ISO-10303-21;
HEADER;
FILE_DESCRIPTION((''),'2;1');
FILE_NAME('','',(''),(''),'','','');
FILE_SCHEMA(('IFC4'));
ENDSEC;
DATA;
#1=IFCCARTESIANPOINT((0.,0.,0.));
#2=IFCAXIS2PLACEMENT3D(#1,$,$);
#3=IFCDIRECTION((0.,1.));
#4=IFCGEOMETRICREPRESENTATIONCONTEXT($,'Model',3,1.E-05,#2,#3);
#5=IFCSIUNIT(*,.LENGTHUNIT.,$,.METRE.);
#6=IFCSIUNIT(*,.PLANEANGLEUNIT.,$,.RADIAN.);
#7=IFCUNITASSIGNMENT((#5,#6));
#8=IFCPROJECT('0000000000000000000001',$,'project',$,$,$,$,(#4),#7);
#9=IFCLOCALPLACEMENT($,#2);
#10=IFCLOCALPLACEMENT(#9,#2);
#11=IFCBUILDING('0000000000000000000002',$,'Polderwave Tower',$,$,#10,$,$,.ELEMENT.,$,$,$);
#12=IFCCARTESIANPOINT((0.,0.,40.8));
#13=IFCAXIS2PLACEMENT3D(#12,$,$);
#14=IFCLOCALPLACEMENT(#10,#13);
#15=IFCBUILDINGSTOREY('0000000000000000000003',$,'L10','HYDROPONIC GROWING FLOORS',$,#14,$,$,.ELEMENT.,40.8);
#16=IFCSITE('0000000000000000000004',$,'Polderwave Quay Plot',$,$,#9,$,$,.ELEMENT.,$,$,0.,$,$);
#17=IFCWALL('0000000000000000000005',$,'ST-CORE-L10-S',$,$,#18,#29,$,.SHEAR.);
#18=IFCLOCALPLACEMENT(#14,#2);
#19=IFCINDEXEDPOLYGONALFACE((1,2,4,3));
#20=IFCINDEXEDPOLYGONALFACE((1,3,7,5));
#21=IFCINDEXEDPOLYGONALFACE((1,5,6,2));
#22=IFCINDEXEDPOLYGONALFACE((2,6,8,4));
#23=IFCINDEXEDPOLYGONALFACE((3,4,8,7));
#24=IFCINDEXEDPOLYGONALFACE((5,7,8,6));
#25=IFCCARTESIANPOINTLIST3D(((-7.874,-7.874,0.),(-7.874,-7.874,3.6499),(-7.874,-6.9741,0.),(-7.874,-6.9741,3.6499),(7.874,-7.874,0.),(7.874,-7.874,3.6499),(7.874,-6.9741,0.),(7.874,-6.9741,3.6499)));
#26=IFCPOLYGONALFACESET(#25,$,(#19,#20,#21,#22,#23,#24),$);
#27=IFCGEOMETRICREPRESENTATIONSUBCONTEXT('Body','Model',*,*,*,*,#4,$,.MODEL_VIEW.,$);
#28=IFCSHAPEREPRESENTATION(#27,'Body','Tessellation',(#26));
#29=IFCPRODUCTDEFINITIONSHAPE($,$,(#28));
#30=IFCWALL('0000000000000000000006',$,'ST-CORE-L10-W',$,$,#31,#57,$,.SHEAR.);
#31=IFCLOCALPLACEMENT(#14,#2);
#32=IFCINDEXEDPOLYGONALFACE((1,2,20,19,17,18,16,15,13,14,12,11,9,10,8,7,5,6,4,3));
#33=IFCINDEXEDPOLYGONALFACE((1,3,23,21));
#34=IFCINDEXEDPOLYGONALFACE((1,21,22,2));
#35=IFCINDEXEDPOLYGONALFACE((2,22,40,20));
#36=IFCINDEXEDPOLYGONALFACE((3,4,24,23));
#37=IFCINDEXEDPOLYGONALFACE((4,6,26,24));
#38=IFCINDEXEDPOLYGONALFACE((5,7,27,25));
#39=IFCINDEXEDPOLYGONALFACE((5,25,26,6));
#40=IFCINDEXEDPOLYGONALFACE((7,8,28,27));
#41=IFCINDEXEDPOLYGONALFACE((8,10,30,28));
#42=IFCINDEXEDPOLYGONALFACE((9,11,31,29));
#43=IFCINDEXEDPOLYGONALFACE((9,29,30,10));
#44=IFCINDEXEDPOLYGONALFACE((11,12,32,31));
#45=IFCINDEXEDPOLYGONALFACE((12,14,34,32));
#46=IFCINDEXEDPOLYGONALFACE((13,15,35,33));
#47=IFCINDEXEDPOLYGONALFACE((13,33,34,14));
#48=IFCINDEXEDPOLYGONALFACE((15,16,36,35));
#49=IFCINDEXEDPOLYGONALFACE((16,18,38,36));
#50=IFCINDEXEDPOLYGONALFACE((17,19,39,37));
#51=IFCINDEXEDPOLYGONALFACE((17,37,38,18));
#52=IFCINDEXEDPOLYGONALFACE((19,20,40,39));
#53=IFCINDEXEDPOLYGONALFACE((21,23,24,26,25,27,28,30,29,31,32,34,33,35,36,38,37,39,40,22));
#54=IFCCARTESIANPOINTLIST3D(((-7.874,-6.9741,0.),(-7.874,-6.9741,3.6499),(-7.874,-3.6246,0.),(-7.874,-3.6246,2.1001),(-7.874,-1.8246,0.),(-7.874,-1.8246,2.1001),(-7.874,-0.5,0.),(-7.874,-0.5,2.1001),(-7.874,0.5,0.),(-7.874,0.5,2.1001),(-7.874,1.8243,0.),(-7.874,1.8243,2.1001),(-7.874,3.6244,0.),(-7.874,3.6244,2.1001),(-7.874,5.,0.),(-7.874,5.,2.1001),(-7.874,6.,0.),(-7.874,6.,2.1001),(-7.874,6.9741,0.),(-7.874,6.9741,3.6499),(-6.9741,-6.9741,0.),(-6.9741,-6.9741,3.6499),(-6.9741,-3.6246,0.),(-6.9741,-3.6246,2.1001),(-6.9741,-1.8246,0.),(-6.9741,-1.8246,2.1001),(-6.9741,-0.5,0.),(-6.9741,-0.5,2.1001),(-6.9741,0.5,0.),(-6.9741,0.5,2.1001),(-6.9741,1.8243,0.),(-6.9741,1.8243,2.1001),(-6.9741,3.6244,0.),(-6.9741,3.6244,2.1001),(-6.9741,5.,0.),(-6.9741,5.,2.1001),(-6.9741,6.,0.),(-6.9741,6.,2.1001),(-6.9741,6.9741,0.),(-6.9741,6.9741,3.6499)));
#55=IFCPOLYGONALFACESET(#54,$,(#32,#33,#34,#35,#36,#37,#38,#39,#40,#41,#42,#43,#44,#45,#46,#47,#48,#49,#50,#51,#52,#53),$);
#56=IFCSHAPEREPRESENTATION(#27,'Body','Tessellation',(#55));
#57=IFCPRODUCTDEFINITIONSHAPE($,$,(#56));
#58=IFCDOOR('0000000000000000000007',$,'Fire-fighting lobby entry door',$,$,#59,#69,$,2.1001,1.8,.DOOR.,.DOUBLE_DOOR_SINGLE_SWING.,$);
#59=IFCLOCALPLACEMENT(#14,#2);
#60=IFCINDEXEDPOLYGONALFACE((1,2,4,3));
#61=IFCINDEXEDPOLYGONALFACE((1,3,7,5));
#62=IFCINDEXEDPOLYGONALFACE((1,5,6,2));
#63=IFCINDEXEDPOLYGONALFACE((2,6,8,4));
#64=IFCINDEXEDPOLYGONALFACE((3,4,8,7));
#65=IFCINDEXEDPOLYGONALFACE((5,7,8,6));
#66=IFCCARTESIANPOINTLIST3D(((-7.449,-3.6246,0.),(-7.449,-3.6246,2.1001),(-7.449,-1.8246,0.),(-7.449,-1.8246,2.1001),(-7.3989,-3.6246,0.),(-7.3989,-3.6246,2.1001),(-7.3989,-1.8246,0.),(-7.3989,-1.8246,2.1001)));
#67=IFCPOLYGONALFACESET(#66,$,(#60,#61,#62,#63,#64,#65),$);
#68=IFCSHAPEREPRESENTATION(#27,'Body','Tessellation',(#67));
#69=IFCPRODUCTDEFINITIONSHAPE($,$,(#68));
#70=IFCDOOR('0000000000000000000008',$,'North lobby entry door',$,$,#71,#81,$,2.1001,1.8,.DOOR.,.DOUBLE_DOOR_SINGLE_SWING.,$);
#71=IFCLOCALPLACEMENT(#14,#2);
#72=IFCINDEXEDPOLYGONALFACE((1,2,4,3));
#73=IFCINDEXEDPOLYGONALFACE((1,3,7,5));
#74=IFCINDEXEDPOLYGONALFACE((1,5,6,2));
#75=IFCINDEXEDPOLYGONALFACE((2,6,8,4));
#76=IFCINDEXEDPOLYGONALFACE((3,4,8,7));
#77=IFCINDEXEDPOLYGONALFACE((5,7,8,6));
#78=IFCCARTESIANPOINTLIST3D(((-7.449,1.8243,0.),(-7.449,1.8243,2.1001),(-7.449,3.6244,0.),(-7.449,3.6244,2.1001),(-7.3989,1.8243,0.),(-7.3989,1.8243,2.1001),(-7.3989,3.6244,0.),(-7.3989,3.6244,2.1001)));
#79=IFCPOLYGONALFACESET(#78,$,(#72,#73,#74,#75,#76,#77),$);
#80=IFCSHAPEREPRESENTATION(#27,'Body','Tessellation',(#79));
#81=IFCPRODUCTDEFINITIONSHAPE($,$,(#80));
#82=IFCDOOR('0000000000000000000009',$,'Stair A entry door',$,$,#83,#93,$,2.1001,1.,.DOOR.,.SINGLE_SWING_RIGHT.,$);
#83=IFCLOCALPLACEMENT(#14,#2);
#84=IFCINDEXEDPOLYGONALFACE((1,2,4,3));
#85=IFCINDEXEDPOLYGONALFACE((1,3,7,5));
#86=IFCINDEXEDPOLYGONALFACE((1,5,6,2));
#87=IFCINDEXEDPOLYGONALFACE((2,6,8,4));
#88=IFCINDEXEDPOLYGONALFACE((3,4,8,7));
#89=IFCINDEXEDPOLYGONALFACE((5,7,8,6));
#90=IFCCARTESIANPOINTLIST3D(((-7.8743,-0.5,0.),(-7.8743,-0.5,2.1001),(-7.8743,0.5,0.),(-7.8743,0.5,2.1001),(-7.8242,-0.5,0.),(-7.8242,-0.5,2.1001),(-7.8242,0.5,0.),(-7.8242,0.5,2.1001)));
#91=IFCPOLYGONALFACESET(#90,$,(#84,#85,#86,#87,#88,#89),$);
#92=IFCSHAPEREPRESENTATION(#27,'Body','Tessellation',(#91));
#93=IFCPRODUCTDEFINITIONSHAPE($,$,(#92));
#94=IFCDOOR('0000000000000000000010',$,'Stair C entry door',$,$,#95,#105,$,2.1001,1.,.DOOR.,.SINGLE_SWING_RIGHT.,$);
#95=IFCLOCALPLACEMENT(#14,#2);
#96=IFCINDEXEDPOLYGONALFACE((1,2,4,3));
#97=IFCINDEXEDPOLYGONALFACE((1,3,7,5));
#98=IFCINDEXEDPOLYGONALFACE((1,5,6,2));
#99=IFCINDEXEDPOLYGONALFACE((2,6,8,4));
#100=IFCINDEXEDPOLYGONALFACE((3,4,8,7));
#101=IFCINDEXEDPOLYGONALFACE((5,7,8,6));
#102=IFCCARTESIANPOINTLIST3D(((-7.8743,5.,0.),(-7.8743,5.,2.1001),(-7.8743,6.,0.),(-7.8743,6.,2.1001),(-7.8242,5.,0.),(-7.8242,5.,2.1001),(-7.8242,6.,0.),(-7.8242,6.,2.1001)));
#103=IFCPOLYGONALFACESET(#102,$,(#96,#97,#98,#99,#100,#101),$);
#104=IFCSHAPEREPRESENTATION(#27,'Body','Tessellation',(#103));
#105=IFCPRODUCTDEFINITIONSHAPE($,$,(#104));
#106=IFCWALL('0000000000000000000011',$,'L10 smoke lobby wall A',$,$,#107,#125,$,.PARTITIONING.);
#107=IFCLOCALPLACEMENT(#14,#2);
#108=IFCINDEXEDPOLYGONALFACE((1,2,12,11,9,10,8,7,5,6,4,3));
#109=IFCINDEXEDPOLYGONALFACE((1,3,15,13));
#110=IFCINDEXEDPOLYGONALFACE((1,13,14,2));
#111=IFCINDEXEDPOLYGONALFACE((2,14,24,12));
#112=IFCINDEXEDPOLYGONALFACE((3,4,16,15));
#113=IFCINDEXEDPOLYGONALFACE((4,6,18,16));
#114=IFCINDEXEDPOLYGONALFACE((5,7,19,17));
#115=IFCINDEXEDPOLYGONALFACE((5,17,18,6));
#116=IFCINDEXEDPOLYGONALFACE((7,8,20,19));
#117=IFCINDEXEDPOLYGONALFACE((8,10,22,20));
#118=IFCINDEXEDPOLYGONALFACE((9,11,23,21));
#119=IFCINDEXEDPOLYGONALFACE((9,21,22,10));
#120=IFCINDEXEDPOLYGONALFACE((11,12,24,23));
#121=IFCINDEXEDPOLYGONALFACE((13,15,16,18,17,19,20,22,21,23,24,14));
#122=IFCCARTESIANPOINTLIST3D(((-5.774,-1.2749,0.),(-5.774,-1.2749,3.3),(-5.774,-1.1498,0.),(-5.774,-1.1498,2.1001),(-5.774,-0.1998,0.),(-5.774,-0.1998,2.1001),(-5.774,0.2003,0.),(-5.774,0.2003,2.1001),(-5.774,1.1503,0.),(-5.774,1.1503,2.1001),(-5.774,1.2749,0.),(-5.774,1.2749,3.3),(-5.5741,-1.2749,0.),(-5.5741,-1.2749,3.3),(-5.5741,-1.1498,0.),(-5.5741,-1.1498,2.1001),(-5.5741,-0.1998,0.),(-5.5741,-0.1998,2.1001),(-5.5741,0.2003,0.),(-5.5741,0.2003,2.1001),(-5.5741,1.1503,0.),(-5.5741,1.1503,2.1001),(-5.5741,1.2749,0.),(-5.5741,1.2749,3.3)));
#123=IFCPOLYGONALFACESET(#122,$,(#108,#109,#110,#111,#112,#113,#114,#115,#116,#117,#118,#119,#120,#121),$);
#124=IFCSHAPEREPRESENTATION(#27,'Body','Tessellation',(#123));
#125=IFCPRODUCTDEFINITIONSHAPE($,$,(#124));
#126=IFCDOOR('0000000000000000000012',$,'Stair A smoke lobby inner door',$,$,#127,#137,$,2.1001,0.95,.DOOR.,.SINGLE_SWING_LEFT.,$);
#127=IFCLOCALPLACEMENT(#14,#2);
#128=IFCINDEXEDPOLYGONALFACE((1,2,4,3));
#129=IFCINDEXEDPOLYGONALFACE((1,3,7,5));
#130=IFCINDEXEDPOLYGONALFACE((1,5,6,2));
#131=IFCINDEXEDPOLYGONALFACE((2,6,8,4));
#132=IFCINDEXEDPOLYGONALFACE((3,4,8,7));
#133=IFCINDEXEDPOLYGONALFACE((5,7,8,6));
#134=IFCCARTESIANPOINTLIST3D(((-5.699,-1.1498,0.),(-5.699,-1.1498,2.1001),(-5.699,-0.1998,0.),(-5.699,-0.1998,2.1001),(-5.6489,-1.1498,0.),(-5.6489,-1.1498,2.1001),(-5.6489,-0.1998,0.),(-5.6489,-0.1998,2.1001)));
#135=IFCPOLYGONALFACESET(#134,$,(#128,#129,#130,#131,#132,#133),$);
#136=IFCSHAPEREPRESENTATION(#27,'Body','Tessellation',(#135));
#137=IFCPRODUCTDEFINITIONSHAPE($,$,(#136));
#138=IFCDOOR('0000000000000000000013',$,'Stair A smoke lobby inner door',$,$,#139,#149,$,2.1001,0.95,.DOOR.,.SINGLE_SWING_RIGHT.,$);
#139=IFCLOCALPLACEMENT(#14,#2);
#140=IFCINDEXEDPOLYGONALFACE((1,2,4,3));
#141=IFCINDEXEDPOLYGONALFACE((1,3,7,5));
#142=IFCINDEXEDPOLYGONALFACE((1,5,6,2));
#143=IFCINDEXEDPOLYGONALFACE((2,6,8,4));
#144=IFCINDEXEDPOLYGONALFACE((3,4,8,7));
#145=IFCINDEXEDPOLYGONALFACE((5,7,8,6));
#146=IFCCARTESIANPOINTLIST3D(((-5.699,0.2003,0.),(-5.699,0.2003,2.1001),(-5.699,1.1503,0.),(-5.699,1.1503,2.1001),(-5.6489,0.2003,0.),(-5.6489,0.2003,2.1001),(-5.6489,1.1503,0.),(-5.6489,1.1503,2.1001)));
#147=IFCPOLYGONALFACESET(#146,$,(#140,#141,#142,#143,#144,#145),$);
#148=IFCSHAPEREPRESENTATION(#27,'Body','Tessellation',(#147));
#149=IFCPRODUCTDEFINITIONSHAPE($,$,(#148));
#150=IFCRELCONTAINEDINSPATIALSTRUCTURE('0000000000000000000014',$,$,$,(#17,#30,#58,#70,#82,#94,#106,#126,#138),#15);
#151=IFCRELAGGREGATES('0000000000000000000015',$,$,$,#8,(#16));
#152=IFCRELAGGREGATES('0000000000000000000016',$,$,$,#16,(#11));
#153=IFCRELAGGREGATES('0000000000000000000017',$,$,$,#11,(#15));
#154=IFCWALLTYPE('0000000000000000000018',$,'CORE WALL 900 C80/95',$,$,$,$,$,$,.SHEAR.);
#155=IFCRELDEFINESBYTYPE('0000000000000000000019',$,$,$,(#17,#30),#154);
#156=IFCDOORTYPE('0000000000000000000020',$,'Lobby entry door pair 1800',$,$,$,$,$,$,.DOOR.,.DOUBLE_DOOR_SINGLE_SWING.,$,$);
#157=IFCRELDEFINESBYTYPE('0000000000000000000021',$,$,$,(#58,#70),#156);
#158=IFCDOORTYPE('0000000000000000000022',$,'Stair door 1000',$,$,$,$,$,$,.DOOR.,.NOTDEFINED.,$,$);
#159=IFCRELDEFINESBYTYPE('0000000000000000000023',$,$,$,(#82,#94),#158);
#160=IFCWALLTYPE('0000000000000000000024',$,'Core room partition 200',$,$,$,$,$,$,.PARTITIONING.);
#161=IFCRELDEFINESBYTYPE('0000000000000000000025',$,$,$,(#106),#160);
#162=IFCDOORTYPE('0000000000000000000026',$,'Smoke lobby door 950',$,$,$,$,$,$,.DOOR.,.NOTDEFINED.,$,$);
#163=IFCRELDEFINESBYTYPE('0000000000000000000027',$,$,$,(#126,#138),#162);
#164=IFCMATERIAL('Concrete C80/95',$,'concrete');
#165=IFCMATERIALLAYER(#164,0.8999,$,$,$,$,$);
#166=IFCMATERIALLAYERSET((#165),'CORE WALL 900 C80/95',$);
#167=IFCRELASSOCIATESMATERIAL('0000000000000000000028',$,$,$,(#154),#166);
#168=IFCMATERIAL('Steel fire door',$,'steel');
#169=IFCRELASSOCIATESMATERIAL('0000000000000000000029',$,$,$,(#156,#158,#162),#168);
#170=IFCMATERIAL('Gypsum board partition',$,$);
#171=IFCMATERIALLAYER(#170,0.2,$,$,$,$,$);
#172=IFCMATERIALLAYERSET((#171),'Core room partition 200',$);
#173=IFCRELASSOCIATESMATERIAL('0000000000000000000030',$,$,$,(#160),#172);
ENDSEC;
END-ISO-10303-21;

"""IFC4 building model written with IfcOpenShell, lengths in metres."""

from ifc_helpers import new_model, si_unit, direction, frame, frame_2d, origin, place, context, subcontext, project, spatial, rectangle, extrude, material, layer, layer_set, type_object, element, fill, save


model = new_model("IFC4")

# Units and contexts
model_context = context("Model", 3, precision=1e-05, world=origin(), true_north=direction((0.0, 1.0)))
body_context = subcontext(model_context, "Body", "Model", "MODEL_VIEW")
ifc_project = project(units=[si_unit("LENGTHUNIT", "METRE"), si_unit("PLANEANGLEUNIT", "RADIAN")], contexts=[model_context])

# Site, building, storey
site_placement = place(None, origin())
site = spatial("IfcSite", under=ifc_project, at=site_placement, Name="Polderwave Quay Plot", CompositionType="ELEMENT", RefElevation=0.0)
building_placement = place(site_placement, origin())
building = spatial("IfcBuilding", under=site, at=building_placement, Name="Polderwave Tower", CompositionType="ELEMENT")
storey_placement = place(building_placement, frame((0.0, 0.0, 40.8)))
storey = spatial("IfcBuildingStorey", under=building, at=storey_placement, Name="L10", Description="HYDROPONIC GROWING FLOORS", CompositionType="ELEMENT", Elevation=40.8)

# Wall
ifc_material_1 = material(Name="Concrete C80/95", Category="concrete")
ifc_layer_1 = layer(ifc_material_1, 0.8999)
ifc_layer_set_1 = layer_set([ifc_layer_1], Name="CORE WALL 900 C80/95")
wall_type_1 = type_object("IfcWallType", Name="CORE WALL 900 C80/95", PredefinedType="SHEAR", material=ifc_layer_set_1)
wall_1_placement = place(storey_placement, frame((-7.874, -7.4241, 0.0), z_axis=(0.0, 0.0, 1.0), x_axis=(1.0, 0.0, 0.0)))
element("IfcWall", 1, at=wall_1_placement, inside=storey, type_object=wall_type_1, Name="ST-CORE-L10-S", PredefinedType="SHEAR", context=body_context, shape_type="SweptSolid", body=[
    extrude(rectangle(XDim=15.748, YDim=0.8999, at=frame_2d((7.874, 0.0))), origin(), (0.0, 0.0, 1.0), 3.6499),
])

# Walls, openings, doors
wall_2_placement = place(storey_placement, frame((-7.4241, -6.9741, 0.0), z_axis=(0.0, 0.0, 1.0), x_axis=(0.0, 1.0, 0.0)))
wall_2 = element("IfcWall", 2, at=wall_2_placement, inside=storey, type_object=wall_type_1, Name="ST-CORE-L10-W", PredefinedType="SHEAR", context=body_context, shape_type="SweptSolid", body=[
    extrude(rectangle(XDim=13.9482, YDim=0.8999, at=frame_2d((6.9741, 0.0))), origin(), (0.0, 0.0, 1.0), 3.6499),
])
opening_1_placement = place(wall_2_placement, frame((6.4741, 0.0, 0.0)))
opening_1 = element("IfcOpeningElement", 3, at=opening_1_placement, cuts=wall_2, PredefinedType="OPENING", context=body_context, shape_type="SweptSolid", body=[
    extrude(rectangle(XDim=1.0, YDim=2.1001, at=frame_2d((0.5, 1.05))), frame((0.0, 0.46, 0.0), z_axis=(0.0, -1.0, 0.0), x_axis=(1.0, 0.0, 0.0)), (0.0, 0.0, 1.0), 0.9199),
])
opening_2_placement = place(wall_2_placement, frame((3.3496, 0.0, 0.0)))
opening_2 = element("IfcOpeningElement", 4, at=opening_2_placement, cuts=wall_2, PredefinedType="OPENING", context=body_context, shape_type="SweptSolid", body=[
    extrude(rectangle(XDim=1.8, YDim=2.1001, at=frame_2d((0.8999, 1.05))), frame((0.0, 0.46, 0.0), z_axis=(0.0, -1.0, 0.0), x_axis=(1.0, 0.0, 0.0)), (0.0, 0.0, 1.0), 0.9199),
])
opening_3_placement = place(wall_2_placement, frame((8.7986, 0.0, 0.0)))
opening_3 = element("IfcOpeningElement", 5, at=opening_3_placement, cuts=wall_2, PredefinedType="OPENING", context=body_context, shape_type="SweptSolid", body=[
    extrude(rectangle(XDim=1.8, YDim=2.1001, at=frame_2d((0.8999, 1.05))), frame((0.0, 0.46, 0.0), z_axis=(0.0, -1.0, 0.0), x_axis=(1.0, 0.0, 0.0)), (0.0, 0.0, 1.0), 0.9199),
])
opening_4_placement = place(wall_2_placement, frame((11.9741, 0.0, 0.0)))
opening_4 = element("IfcOpeningElement", 6, at=opening_4_placement, cuts=wall_2, PredefinedType="OPENING", context=body_context, shape_type="SweptSolid", body=[
    extrude(rectangle(XDim=1.0, YDim=2.1001, at=frame_2d((0.5, 1.05))), frame((0.0, 0.46, 0.0), z_axis=(0.0, -1.0, 0.0), x_axis=(1.0, 0.0, 0.0)), (0.0, 0.0, 1.0), 0.9199),
])
ifc_material_2 = material(Name="Steel fire door", Category="steel")
door_type_1 = type_object("IfcDoorType", Name="Lobby entry door pair 1800", OperationType="DOUBLE_DOOR_SINGLE_SWING", PredefinedType="DOOR", material=ifc_material_2)
door_1_placement = place(opening_2_placement, origin())
door_1 = element("IfcDoor", 7, at=door_1_placement, inside=storey, type_object=door_type_1, Name="Fire-fighting lobby entry door", OperationType="DOUBLE_DOOR_SINGLE_SWING", OverallHeight=2.1001, OverallWidth=1.8, PredefinedType="DOOR", context=body_context, shape_type="SweptSolid", body=[
    extrude(rectangle(XDim=1.8, YDim=2.1001, at=frame_2d((0.8999, 1.05))), frame((0.0, 0.0249, 0.0), z_axis=(0.0, -1.0, 0.0), x_axis=(1.0, 0.0, 0.0)), (0.0, 0.0, 1.0), 0.05),
])
fill(opening_2, door_1)
door_2_placement = place(opening_3_placement, origin())
door_2 = element("IfcDoor", 8, at=door_2_placement, inside=storey, type_object=door_type_1, Name="North lobby entry door", OperationType="DOUBLE_DOOR_SINGLE_SWING", OverallHeight=2.1001, OverallWidth=1.8, PredefinedType="DOOR", context=body_context, shape_type="SweptSolid", body=[
    extrude(rectangle(XDim=1.8, YDim=2.1001, at=frame_2d((0.8999, 1.05))), frame((0.0, 0.0249, 0.0), z_axis=(0.0, -1.0, 0.0), x_axis=(1.0, 0.0, 0.0)), (0.0, 0.0, 1.0), 0.05),
])
fill(opening_3, door_2)
door_type_2 = type_object("IfcDoorType", Name="Stair door 1000", OperationType="NOTDEFINED", PredefinedType="DOOR", material=ifc_material_2)
door_3_placement = place(opening_1_placement, origin())
door_3 = element("IfcDoor", 9, at=door_3_placement, inside=storey, type_object=door_type_2, Name="Stair A entry door", OperationType="SINGLE_SWING_RIGHT", OverallHeight=2.1001, OverallWidth=1.0, PredefinedType="DOOR", context=body_context, shape_type="SweptSolid", body=[
    extrude(rectangle(XDim=1.0, YDim=2.1001, at=frame_2d((0.5, 1.05))), frame((0.0, 0.4502, 0.0), z_axis=(0.0, -1.0, 0.0), x_axis=(1.0, 0.0, 0.0)), (0.0, 0.0, 1.0), 0.05),
])
fill(opening_1, door_3)
door_4_placement = place(opening_4_placement, origin())
door_4 = element("IfcDoor", 10, at=door_4_placement, inside=storey, type_object=door_type_2, Name="Stair C entry door", OperationType="SINGLE_SWING_RIGHT", OverallHeight=2.1001, OverallWidth=1.0, PredefinedType="DOOR", context=body_context, shape_type="SweptSolid", body=[
    extrude(rectangle(XDim=1.0, YDim=2.1001, at=frame_2d((0.5, 1.05))), frame((0.0, 0.4502, 0.0), z_axis=(0.0, -1.0, 0.0), x_axis=(1.0, 0.0, 0.0)), (0.0, 0.0, 1.0), 0.05),
])
fill(opening_4, door_4)
ifc_material_3 = material(Name="Gypsum board partition")
ifc_layer_2 = layer(ifc_material_3, 0.2)
ifc_layer_set_2 = layer_set([ifc_layer_2], Name="Core room partition 200")
wall_type_2 = type_object("IfcWallType", Name="Core room partition 200", PredefinedType="PARTITIONING", material=ifc_layer_set_2)
wall_3_placement = place(storey_placement, frame((-5.6741, -1.2749, 0.0), z_axis=(0.0, 0.0, 1.0), x_axis=(0.0, 1.0, 0.0)))
wall_3 = element("IfcWall", 11, at=wall_3_placement, inside=storey, type_object=wall_type_2, Name="L10 smoke lobby wall A", PredefinedType="PARTITIONING", context=body_context, shape_type="SweptSolid", body=[
    extrude(rectangle(XDim=2.5498, YDim=0.2, at=frame_2d((1.2749, 0.0))), origin(), (0.0, 0.0, 1.0), 3.3),
])
opening_5_placement = place(wall_3_placement, frame((0.125, 0.0, 0.0)))
opening_5 = element("IfcOpeningElement", 12, at=opening_5_placement, cuts=wall_3, PredefinedType="OPENING", context=body_context, shape_type="SweptSolid", body=[
    extrude(rectangle(XDim=0.95, YDim=2.1001, at=frame_2d((0.4751, 1.05))), frame((0.0, 0.1099, 0.0), z_axis=(0.0, -1.0, 0.0), x_axis=(1.0, 0.0, 0.0)), (0.0, 0.0, 1.0), 0.22),
])
opening_6_placement = place(wall_3_placement, frame((1.4751, 0.0, 0.0)))
opening_6 = element("IfcOpeningElement", 13, at=opening_6_placement, cuts=wall_3, PredefinedType="OPENING", context=body_context, shape_type="SweptSolid", body=[
    extrude(rectangle(XDim=0.95, YDim=2.1001, at=frame_2d((0.4751, 1.05))), frame((0.0, 0.1099, 0.0), z_axis=(0.0, -1.0, 0.0), x_axis=(1.0, 0.0, 0.0)), (0.0, 0.0, 1.0), 0.22),
])
door_type_3 = type_object("IfcDoorType", Name="Smoke lobby door 950", OperationType="NOTDEFINED", PredefinedType="DOOR", material=ifc_material_2)
door_5_placement = place(opening_5_placement, origin())
door_5 = element("IfcDoor", 14, at=door_5_placement, inside=storey, type_object=door_type_3, Name="Stair A smoke lobby inner door", OperationType="SINGLE_SWING_LEFT", OverallHeight=2.1001, OverallWidth=0.95, PredefinedType="DOOR", context=body_context, shape_type="SweptSolid", body=[
    extrude(rectangle(XDim=0.95, YDim=2.1001, at=frame_2d((0.4751, 1.05))), frame((0.0, 0.0249, 0.0), z_axis=(0.0, -1.0, 0.0), x_axis=(1.0, 0.0, 0.0)), (0.0, 0.0, 1.0), 0.05),
])
fill(opening_5, door_5)
door_6_placement = place(opening_6_placement, origin())
door_6 = element("IfcDoor", 15, at=door_6_placement, inside=storey, type_object=door_type_3, Name="Stair A smoke lobby inner door", OperationType="SINGLE_SWING_RIGHT", OverallHeight=2.1001, OverallWidth=0.95, PredefinedType="DOOR", context=body_context, shape_type="SweptSolid", body=[
    extrude(rectangle(XDim=0.95, YDim=2.1001, at=frame_2d((0.4751, 1.05))), frame((0.0, 0.0249, 0.0), z_axis=(0.0, -1.0, 0.0), x_axis=(1.0, 0.0, 0.0)), (0.0, 0.0, 1.0), 0.05),
])
fill(opening_6, door_6)

save(model, "model.ifc")
